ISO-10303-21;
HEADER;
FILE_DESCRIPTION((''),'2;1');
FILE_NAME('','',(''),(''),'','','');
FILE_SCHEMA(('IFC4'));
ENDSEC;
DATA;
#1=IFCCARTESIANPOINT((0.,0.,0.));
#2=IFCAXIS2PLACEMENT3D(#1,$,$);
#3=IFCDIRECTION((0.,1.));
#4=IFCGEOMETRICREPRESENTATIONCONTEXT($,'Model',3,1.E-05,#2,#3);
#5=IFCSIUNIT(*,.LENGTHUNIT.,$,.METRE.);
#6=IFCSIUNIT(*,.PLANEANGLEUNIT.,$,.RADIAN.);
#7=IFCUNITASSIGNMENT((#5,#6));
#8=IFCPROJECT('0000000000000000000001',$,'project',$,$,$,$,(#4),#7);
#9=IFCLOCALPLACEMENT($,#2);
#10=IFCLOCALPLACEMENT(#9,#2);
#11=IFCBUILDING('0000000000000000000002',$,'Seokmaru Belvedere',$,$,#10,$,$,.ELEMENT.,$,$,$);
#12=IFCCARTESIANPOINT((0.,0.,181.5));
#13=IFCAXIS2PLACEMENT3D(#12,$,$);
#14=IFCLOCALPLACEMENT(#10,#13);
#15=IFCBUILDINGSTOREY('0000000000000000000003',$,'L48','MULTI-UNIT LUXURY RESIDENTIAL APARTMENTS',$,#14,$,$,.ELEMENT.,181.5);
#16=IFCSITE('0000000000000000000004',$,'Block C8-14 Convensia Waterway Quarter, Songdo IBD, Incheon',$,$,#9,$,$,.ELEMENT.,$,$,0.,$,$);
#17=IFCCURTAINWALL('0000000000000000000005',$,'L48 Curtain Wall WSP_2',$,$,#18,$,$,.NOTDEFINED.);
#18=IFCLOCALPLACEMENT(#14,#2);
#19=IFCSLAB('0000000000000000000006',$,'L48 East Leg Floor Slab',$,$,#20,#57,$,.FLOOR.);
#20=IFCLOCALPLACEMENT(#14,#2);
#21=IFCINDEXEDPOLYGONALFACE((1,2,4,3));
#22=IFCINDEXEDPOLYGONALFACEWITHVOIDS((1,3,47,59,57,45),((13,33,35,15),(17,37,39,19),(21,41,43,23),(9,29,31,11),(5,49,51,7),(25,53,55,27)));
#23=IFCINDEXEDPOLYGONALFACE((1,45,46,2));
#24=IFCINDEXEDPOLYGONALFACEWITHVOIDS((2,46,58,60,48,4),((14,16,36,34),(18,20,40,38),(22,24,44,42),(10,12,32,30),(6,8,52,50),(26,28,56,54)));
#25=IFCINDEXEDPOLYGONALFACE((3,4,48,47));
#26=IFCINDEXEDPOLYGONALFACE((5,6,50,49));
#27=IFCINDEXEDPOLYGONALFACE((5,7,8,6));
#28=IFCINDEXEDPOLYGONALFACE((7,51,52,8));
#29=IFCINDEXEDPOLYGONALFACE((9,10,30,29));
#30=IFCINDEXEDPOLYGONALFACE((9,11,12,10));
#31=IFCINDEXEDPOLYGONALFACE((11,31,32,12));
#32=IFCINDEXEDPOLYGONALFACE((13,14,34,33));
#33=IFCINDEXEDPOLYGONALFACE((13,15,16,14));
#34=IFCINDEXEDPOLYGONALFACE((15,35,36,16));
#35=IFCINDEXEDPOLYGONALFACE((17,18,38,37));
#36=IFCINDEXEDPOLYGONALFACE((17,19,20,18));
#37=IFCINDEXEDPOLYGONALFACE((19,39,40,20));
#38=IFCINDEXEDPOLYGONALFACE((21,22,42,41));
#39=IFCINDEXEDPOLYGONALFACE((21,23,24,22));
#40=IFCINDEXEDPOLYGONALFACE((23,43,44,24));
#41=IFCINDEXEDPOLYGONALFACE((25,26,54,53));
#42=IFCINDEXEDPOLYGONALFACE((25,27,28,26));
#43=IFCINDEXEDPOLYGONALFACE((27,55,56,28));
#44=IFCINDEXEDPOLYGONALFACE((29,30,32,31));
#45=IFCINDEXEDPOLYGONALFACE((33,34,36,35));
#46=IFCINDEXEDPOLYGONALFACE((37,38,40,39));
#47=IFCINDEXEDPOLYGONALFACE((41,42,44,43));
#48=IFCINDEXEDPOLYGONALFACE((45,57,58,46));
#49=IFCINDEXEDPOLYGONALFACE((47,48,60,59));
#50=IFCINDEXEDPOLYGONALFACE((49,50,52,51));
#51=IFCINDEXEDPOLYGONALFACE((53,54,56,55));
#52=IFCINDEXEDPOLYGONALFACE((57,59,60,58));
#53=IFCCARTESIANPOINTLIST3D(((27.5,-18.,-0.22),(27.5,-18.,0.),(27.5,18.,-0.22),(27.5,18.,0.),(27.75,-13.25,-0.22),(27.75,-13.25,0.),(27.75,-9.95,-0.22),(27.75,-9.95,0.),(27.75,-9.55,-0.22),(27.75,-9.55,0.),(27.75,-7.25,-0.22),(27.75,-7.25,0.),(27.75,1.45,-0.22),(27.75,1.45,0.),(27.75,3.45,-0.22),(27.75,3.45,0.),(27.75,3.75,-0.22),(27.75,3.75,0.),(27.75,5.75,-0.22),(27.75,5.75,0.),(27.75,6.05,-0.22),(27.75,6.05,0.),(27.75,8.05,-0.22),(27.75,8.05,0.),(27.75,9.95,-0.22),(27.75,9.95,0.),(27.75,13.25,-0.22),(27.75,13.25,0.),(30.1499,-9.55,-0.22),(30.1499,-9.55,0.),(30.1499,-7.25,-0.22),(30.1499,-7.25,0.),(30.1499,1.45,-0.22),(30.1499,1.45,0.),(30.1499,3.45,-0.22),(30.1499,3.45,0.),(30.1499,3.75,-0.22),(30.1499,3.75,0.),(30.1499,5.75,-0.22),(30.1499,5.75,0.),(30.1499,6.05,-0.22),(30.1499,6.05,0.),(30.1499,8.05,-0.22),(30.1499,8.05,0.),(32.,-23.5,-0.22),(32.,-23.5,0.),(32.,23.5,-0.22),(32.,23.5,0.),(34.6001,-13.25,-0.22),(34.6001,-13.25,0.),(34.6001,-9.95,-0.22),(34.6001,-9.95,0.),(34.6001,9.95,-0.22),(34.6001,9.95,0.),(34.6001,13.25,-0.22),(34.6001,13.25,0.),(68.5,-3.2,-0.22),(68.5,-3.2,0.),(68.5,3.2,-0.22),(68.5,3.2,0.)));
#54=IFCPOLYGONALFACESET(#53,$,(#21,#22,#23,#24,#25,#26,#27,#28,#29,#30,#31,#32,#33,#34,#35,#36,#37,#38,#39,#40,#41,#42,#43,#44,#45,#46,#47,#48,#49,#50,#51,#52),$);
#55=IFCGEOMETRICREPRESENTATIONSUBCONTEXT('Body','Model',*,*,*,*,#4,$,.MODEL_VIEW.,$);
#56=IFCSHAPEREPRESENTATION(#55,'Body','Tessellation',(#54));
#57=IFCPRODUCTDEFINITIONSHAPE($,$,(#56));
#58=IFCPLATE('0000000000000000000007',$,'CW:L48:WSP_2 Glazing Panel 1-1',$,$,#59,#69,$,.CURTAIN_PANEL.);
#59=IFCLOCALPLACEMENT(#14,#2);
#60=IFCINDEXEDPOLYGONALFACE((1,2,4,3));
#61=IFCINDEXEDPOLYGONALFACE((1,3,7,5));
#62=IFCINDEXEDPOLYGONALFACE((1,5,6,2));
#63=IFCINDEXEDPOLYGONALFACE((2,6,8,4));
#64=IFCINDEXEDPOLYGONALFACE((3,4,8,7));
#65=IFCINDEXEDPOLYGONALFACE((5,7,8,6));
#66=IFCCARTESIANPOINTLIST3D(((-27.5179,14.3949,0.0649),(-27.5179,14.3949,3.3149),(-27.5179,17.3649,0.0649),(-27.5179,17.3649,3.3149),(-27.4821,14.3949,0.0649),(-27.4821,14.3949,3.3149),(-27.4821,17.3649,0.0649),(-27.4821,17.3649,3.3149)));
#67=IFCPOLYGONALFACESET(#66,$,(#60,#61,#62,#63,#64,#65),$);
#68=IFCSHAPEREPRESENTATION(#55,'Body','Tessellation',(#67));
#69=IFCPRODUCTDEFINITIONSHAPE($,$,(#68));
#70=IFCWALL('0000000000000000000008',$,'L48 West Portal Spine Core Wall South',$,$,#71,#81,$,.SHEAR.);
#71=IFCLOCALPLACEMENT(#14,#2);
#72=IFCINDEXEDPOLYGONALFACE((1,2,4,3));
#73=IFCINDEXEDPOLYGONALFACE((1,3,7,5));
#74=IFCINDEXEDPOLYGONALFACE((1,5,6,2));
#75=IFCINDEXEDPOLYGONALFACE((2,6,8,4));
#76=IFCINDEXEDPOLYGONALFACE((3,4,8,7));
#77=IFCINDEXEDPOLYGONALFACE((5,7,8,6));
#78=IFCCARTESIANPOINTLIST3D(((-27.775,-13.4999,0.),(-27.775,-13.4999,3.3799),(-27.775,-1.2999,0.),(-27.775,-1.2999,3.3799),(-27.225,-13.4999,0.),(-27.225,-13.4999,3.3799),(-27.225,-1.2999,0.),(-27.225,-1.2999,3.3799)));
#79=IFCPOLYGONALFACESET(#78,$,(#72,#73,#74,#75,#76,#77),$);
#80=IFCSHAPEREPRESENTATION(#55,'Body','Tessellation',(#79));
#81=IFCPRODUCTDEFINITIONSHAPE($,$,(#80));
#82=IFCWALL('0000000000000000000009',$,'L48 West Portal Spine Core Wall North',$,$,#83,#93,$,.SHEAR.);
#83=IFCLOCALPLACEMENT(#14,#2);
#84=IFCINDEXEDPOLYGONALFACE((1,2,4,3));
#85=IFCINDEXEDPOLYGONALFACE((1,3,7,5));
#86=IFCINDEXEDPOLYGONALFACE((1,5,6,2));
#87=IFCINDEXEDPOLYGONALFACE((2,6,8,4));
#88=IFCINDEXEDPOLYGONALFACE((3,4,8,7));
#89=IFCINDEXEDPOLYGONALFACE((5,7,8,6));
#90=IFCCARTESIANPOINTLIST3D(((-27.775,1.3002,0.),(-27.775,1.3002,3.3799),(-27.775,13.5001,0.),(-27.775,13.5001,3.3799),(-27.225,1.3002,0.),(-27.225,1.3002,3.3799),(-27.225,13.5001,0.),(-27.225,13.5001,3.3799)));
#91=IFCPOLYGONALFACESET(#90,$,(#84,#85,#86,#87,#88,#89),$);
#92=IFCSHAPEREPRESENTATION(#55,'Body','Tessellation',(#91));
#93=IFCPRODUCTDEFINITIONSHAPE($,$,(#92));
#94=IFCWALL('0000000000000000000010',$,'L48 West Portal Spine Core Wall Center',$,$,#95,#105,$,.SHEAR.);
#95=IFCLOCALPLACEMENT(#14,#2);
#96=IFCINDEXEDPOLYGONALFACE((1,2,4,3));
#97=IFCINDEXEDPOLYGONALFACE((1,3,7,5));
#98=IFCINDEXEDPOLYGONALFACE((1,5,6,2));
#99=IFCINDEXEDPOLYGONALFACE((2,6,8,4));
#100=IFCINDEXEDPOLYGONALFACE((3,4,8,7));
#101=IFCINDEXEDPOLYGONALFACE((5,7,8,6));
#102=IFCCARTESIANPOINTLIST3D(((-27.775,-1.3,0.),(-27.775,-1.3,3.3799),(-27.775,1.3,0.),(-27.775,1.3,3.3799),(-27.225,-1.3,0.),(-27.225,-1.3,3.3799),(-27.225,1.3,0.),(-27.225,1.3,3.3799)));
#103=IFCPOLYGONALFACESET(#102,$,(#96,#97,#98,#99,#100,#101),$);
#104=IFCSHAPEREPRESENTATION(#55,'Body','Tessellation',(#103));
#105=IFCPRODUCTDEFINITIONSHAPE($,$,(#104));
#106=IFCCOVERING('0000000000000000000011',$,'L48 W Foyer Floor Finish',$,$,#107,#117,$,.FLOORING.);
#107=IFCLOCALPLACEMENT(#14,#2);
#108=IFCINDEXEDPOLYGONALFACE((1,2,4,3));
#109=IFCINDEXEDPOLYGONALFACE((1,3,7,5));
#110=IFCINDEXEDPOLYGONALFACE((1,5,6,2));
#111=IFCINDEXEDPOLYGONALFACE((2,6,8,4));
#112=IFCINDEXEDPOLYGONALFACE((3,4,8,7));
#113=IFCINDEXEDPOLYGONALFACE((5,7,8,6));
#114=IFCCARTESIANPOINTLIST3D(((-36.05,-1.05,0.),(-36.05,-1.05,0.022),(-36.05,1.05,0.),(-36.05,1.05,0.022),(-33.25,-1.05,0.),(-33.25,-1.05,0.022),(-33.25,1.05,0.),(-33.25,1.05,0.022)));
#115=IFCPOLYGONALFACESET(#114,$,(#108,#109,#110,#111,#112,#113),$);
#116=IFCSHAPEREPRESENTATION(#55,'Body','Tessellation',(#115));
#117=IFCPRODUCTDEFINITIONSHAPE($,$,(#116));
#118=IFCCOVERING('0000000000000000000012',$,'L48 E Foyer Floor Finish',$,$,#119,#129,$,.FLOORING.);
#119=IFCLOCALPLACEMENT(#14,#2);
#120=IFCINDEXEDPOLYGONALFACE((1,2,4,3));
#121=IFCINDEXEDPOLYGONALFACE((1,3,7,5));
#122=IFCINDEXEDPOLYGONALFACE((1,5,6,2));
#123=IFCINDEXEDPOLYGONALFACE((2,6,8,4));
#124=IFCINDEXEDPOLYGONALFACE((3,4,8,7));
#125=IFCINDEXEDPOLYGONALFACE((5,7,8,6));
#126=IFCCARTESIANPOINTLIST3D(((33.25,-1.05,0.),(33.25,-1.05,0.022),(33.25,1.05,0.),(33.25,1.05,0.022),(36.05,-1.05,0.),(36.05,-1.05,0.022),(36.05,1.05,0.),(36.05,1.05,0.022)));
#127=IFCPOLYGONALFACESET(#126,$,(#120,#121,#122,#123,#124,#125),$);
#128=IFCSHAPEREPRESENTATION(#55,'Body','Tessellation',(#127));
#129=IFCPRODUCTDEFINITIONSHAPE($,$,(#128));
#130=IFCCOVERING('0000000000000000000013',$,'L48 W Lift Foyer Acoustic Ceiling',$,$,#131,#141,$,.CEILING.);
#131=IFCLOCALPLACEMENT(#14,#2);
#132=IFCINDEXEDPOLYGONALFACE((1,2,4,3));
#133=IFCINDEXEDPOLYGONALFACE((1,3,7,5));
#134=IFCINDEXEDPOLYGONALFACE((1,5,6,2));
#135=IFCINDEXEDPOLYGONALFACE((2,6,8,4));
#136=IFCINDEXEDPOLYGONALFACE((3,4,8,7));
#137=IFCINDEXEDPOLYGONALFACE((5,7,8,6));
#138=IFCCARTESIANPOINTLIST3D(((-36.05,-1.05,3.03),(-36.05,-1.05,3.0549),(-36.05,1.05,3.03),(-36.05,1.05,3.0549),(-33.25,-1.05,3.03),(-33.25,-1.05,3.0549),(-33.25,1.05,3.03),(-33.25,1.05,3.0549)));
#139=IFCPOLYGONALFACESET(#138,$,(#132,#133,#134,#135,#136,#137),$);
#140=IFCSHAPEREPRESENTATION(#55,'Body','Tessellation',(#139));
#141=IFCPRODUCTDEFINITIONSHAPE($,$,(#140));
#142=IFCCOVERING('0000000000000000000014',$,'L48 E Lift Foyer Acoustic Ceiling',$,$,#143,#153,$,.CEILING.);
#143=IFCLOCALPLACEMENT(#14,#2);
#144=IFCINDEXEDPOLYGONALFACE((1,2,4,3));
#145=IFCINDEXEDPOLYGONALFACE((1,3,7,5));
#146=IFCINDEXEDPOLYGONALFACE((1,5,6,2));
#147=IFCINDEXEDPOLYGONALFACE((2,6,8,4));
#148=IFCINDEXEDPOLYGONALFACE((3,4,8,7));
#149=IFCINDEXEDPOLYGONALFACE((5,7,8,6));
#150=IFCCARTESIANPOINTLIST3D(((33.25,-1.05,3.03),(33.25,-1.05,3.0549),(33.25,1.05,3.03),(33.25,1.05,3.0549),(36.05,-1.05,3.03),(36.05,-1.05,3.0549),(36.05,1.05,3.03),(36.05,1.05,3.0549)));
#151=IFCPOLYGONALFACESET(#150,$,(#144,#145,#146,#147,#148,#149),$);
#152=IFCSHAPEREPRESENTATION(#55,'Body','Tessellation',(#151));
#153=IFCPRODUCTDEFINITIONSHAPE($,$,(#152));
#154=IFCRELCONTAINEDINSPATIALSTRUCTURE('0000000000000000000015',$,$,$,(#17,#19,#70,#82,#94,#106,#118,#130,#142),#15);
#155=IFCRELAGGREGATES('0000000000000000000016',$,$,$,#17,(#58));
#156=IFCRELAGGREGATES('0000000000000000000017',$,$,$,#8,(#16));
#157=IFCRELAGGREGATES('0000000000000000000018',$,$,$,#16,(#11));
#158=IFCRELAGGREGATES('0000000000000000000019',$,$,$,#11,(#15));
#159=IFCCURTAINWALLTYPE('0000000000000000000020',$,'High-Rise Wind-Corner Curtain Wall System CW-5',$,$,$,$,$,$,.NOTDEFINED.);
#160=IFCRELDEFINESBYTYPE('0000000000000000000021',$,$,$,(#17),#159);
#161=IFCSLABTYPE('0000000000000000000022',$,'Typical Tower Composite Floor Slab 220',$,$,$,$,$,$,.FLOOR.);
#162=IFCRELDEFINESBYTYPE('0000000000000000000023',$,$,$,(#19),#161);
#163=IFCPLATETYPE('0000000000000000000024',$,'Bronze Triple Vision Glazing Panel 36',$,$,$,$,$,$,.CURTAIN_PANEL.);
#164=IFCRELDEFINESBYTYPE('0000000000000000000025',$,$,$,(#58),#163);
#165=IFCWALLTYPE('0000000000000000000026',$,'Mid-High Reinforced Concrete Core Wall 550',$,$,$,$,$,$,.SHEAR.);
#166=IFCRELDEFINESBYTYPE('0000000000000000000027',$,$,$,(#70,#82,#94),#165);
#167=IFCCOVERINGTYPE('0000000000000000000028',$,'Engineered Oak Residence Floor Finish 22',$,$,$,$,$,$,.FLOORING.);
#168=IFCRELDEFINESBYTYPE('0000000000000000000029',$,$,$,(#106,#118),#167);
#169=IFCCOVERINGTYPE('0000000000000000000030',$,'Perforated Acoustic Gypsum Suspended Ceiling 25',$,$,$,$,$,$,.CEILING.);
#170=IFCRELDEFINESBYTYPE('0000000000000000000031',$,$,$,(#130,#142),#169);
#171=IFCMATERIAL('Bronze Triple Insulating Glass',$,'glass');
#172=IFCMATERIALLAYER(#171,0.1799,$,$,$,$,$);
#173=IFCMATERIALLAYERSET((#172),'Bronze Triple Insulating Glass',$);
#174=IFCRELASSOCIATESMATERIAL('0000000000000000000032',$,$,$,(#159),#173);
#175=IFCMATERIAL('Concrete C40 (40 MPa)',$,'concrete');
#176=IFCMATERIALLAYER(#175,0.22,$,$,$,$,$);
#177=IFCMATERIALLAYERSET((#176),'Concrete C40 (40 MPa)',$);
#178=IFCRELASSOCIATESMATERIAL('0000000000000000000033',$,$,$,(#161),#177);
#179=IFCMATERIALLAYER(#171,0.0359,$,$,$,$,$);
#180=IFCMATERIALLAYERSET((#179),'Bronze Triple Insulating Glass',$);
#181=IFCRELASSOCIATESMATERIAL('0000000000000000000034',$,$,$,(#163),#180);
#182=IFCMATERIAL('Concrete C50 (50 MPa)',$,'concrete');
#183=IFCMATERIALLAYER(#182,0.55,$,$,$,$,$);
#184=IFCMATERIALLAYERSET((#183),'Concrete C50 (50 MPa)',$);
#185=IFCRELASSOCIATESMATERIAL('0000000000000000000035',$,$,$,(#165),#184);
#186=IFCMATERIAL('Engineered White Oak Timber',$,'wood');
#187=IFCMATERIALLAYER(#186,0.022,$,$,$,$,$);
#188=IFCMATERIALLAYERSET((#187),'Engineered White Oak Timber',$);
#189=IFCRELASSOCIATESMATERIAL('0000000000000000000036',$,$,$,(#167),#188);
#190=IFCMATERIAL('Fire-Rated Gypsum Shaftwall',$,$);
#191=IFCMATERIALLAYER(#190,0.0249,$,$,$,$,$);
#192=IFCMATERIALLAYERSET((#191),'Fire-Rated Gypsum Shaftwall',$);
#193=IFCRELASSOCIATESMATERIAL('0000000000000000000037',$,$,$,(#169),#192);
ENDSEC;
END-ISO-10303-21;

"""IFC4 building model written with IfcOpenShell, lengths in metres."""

from ifc_helpers import new_model, si_unit, direction, frame, frame_2d, origin, origin_2d, place, context, subcontext, project, spatial, polyline, rectangle, outline, extrude, source, transform, mapped, material, layer, layer_set, type_object, type_shapes, element, aggregate, save


model = new_model("IFC4")

# Units and contexts
model_context = context("Model", 3, precision=1e-05, world=origin(), true_north=direction((0.0, 1.0)))
body_context = subcontext(model_context, "Body", "Model", "MODEL_VIEW")
ifc_project = project(units=[si_unit("LENGTHUNIT", "METRE"), si_unit("PLANEANGLEUNIT", "RADIAN")], contexts=[model_context])

# Site, building, storey
site_placement = place(None, origin())
site = spatial("IfcSite", under=ifc_project, at=site_placement, Name="Block C8-14 Convensia Waterway Quarter, Songdo IBD, Incheon", CompositionType="ELEMENT", RefElevation=0.0)
building_placement = place(site_placement, origin())
building = spatial("IfcBuilding", under=site, at=building_placement, Name="Seokmaru Belvedere", CompositionType="ELEMENT")
storey_placement = place(building_placement, frame((0.0, 0.0, 181.5)))
storey = spatial("IfcBuildingStorey", under=building, at=storey_placement, Name="L48", Description="MULTI-UNIT LUXURY RESIDENTIAL APARTMENTS", CompositionType="ELEMENT", Elevation=181.5)

# Curtain wall
ifc_material_1 = material(Name="Bronze Triple Insulating Glass", Category="glass")
ifc_layer_1 = layer(ifc_material_1, 0.1799)
ifc_layer_set_1 = layer_set([ifc_layer_1], Name="Bronze Triple Insulating Glass")
curtain_wall_type = type_object("IfcCurtainWallType", Name="High-Rise Wind-Corner Curtain Wall System CW-5", PredefinedType="NOTDEFINED", material=ifc_layer_set_1)
curtain_wall_placement = place(storey_placement, origin())
curtain_wall = element("IfcCurtainWall", 1, at=curtain_wall_placement, inside=storey, type_object=curtain_wall_type, Name="L48 Curtain Wall WSP_2", PredefinedType="NOTDEFINED")

# Shared definitions
ifc_material_2 = material(Name="Concrete C40 (40 MPa)", Category="concrete")

# Slab
ifc_layer_2 = layer(ifc_material_2, 0.22)
ifc_layer_set_2 = layer_set([ifc_layer_2], Name="Concrete C40 (40 MPa)")
slab_type_1 = type_object("IfcSlabType", Name="Typical Tower Composite Floor Slab 220", PredefinedType="FLOOR", material=ifc_layer_set_2)
slab_1_placement = place(storey_placement, frame((0.0, 0.0, -0.22)))
element("IfcSlab", 2, at=slab_1_placement, inside=storey, type_object=slab_type_1, Name="L48 East Leg Floor Slab", PredefinedType="FLOOR", context=body_context, shape_type="SweptSolid", body=[
    extrude(outline(polyline([(32.0, -23.5), (68.5, -3.2), (68.5, 3.2), (32.0, 23.5), (27.5, 18.0), (27.5, -18.0), (32.0, -23.5)]), holes=[polyline([(27.75, -13.25), (34.6001, -13.25), (34.6001, -9.95), (27.75, -9.95), (27.75, -13.25)]), polyline([(27.75, 9.95), (34.6001, 9.95), (34.6001, 13.25), (27.75, 13.25), (27.75, 9.95)]), polyline([(27.75, -9.55), (30.1499, -9.55), (30.1499, -7.25), (27.75, -7.25), (27.75, -9.55)]), polyline([(27.75, 1.45), (30.1499, 1.45), (30.1499, 3.45), (27.75, 3.45), (27.75, 1.45)]), polyline([(27.75, 3.75), (30.1499, 3.75), (30.1499, 5.75), (27.75, 5.75), (27.75, 3.75)]), polyline([(27.75, 6.05), (30.1499, 6.05), (30.1499, 8.05), (27.75, 8.05), (27.75, 6.05)])]), origin(), (0.0, 0.0, 1.0), 0.22),
])

# Plate
ifc_layer_3 = layer(ifc_material_1, 0.0359)
ifc_layer_set_3 = layer_set([ifc_layer_3], Name="Bronze Triple Insulating Glass")
plate_type = type_object("IfcPlateType", Name="Bronze Triple Vision Glazing Panel 36", PredefinedType="CURTAIN_PANEL", material=ifc_layer_set_3)
shared_shape_1 = source(origin(), body_context, "Body", "SweptSolid", [
    extrude(rectangle(XDim=2.97, YDim=0.0359, at=origin_2d()), origin(), (0.0, 0.0, 1.0), 3.25),
])
type_shapes(plate_type, [shared_shape_1])
plate_placement = place(storey_placement, frame((-27.5, 15.8799, 0.0649), z_axis=(0.0, 0.0, 1.0), x_axis=(0.0, 1.0, 0.0)))
plate = element("IfcPlate", 3, at=plate_placement, type_object=plate_type, Name="CW:L48:WSP_2 Glazing Panel 1-1", PredefinedType="CURTAIN_PANEL", context=body_context, shape_type="MappedRepresentation", body=[
    mapped(shared_shape_1, transform((0.0, 0.0, 0.0), scale=1.0)),
])
aggregate(curtain_wall, [plate])

# Walls
ifc_material_3 = material(Name="Concrete C50 (50 MPa)", Category="concrete")
ifc_layer_4 = layer(ifc_material_3, 0.55)
ifc_layer_set_4 = layer_set([ifc_layer_4], Name="Concrete C50 (50 MPa)")
wall_type = type_object("IfcWallType", Name="Mid-High Reinforced Concrete Core Wall 550", PredefinedType="SHEAR", material=ifc_layer_set_4)
for number, where, z_axis, x_axis, name in (
    (4, (-27.5, -13.5, 0.0), (0.0, 0.0, 1.0), (0.0, 1.0, 0.0), "L48 West Portal Spine Core Wall South"),
    (5, (-27.5, 1.3, 0.0), (0.0, 0.0, 1.0), (0.0, 1.0, 0.0), "L48 West Portal Spine Core Wall North"),
):
    element("IfcWall", number, at=place(storey_placement, frame(where, z_axis=z_axis, x_axis=x_axis)), inside=storey, type_object=wall_type, Name=name, PredefinedType="SHEAR", context=body_context, shape_type="SweptSolid", body=[
        extrude(rectangle(XDim=12.2, YDim=0.55, at=frame_2d((6.1001, 0.0))), origin(), (0.0, 0.0, 1.0), 3.3799),
    ])
wall_placement = place(storey_placement, frame((-27.5, -1.3, 0.0), z_axis=(0.0, 0.0, 1.0), x_axis=(0.0, 1.0, 0.0)))
element("IfcWall", 6, at=wall_placement, inside=storey, type_object=wall_type, Name="L48 West Portal Spine Core Wall Center", PredefinedType="SHEAR", context=body_context, shape_type="SweptSolid", body=[
    extrude(rectangle(XDim=2.6001, YDim=0.55, at=frame_2d((1.3, 0.0))), origin(), (0.0, 0.0, 1.0), 3.3799),
])

# Coverings
ifc_material_4 = material(Name="Engineered White Oak Timber", Category="wood")
ifc_layer_5 = layer(ifc_material_4, 0.022)
ifc_layer_set_5 = layer_set([ifc_layer_5], Name="Engineered White Oak Timber")
covering_type_1 = type_object("IfcCoveringType", Name="Engineered Oak Residence Floor Finish 22", PredefinedType="FLOORING", material=ifc_layer_set_5)
covering_1_placement = place(storey_placement, origin())
element("IfcCovering", 7, at=covering_1_placement, inside=storey, type_object=covering_type_1, Name="L48 W Foyer Floor Finish", PredefinedType="FLOORING", context=body_context, shape_type="SweptSolid", body=[
    extrude(outline(polyline([(-36.05, -1.05), (-33.25, -1.05), (-33.25, 1.05), (-36.05, 1.05), (-36.05, -1.05)])), origin(), (0.0, 0.0, 1.0), 0.022),
])
covering_2_placement = place(storey_placement, origin())
element("IfcCovering", 8, at=covering_2_placement, inside=storey, type_object=covering_type_1, Name="L48 E Foyer Floor Finish", PredefinedType="FLOORING", context=body_context, shape_type="SweptSolid", body=[
    extrude(outline(polyline([(33.25, -1.05), (36.05, -1.05), (36.05, 1.05), (33.25, 1.05), (33.25, -1.05)])), origin(), (0.0, 0.0, 1.0), 0.022),
])
ifc_material_5 = material(Name="Fire-Rated Gypsum Shaftwall")
ifc_layer_6 = layer(ifc_material_5, 0.0249)
ifc_layer_set_6 = layer_set([ifc_layer_6], Name="Fire-Rated Gypsum Shaftwall")
covering_type_2 = type_object("IfcCoveringType", Name="Perforated Acoustic Gypsum Suspended Ceiling 25", PredefinedType="CEILING", material=ifc_layer_set_6)
covering_3_placement = place(storey_placement, frame((0.0, 0.0, 3.03)))
element("IfcCovering", 9, at=covering_3_placement, inside=storey, type_object=covering_type_2, Name="L48 W Lift Foyer Acoustic Ceiling", PredefinedType="CEILING", context=body_context, shape_type="SweptSolid", body=[
    extrude(outline(polyline([(-36.05, -1.05), (-33.25, -1.05), (-33.25, 1.05), (-36.05, 1.05), (-36.05, -1.05)])), origin(), (0.0, 0.0, 1.0), 0.0249),
])
covering_4_placement = place(storey_placement, frame((0.0, 0.0, 3.03)))
element("IfcCovering", 10, at=covering_4_placement, inside=storey, type_object=covering_type_2, Name="L48 E Lift Foyer Acoustic Ceiling", PredefinedType="CEILING", context=body_context, shape_type="SweptSolid", body=[
    extrude(outline(polyline([(33.25, -1.05), (36.05, -1.05), (36.05, 1.05), (33.25, 1.05), (33.25, -1.05)])), origin(), (0.0, 0.0, 1.0), 0.0249),
])

save(model, "model.ifc")
